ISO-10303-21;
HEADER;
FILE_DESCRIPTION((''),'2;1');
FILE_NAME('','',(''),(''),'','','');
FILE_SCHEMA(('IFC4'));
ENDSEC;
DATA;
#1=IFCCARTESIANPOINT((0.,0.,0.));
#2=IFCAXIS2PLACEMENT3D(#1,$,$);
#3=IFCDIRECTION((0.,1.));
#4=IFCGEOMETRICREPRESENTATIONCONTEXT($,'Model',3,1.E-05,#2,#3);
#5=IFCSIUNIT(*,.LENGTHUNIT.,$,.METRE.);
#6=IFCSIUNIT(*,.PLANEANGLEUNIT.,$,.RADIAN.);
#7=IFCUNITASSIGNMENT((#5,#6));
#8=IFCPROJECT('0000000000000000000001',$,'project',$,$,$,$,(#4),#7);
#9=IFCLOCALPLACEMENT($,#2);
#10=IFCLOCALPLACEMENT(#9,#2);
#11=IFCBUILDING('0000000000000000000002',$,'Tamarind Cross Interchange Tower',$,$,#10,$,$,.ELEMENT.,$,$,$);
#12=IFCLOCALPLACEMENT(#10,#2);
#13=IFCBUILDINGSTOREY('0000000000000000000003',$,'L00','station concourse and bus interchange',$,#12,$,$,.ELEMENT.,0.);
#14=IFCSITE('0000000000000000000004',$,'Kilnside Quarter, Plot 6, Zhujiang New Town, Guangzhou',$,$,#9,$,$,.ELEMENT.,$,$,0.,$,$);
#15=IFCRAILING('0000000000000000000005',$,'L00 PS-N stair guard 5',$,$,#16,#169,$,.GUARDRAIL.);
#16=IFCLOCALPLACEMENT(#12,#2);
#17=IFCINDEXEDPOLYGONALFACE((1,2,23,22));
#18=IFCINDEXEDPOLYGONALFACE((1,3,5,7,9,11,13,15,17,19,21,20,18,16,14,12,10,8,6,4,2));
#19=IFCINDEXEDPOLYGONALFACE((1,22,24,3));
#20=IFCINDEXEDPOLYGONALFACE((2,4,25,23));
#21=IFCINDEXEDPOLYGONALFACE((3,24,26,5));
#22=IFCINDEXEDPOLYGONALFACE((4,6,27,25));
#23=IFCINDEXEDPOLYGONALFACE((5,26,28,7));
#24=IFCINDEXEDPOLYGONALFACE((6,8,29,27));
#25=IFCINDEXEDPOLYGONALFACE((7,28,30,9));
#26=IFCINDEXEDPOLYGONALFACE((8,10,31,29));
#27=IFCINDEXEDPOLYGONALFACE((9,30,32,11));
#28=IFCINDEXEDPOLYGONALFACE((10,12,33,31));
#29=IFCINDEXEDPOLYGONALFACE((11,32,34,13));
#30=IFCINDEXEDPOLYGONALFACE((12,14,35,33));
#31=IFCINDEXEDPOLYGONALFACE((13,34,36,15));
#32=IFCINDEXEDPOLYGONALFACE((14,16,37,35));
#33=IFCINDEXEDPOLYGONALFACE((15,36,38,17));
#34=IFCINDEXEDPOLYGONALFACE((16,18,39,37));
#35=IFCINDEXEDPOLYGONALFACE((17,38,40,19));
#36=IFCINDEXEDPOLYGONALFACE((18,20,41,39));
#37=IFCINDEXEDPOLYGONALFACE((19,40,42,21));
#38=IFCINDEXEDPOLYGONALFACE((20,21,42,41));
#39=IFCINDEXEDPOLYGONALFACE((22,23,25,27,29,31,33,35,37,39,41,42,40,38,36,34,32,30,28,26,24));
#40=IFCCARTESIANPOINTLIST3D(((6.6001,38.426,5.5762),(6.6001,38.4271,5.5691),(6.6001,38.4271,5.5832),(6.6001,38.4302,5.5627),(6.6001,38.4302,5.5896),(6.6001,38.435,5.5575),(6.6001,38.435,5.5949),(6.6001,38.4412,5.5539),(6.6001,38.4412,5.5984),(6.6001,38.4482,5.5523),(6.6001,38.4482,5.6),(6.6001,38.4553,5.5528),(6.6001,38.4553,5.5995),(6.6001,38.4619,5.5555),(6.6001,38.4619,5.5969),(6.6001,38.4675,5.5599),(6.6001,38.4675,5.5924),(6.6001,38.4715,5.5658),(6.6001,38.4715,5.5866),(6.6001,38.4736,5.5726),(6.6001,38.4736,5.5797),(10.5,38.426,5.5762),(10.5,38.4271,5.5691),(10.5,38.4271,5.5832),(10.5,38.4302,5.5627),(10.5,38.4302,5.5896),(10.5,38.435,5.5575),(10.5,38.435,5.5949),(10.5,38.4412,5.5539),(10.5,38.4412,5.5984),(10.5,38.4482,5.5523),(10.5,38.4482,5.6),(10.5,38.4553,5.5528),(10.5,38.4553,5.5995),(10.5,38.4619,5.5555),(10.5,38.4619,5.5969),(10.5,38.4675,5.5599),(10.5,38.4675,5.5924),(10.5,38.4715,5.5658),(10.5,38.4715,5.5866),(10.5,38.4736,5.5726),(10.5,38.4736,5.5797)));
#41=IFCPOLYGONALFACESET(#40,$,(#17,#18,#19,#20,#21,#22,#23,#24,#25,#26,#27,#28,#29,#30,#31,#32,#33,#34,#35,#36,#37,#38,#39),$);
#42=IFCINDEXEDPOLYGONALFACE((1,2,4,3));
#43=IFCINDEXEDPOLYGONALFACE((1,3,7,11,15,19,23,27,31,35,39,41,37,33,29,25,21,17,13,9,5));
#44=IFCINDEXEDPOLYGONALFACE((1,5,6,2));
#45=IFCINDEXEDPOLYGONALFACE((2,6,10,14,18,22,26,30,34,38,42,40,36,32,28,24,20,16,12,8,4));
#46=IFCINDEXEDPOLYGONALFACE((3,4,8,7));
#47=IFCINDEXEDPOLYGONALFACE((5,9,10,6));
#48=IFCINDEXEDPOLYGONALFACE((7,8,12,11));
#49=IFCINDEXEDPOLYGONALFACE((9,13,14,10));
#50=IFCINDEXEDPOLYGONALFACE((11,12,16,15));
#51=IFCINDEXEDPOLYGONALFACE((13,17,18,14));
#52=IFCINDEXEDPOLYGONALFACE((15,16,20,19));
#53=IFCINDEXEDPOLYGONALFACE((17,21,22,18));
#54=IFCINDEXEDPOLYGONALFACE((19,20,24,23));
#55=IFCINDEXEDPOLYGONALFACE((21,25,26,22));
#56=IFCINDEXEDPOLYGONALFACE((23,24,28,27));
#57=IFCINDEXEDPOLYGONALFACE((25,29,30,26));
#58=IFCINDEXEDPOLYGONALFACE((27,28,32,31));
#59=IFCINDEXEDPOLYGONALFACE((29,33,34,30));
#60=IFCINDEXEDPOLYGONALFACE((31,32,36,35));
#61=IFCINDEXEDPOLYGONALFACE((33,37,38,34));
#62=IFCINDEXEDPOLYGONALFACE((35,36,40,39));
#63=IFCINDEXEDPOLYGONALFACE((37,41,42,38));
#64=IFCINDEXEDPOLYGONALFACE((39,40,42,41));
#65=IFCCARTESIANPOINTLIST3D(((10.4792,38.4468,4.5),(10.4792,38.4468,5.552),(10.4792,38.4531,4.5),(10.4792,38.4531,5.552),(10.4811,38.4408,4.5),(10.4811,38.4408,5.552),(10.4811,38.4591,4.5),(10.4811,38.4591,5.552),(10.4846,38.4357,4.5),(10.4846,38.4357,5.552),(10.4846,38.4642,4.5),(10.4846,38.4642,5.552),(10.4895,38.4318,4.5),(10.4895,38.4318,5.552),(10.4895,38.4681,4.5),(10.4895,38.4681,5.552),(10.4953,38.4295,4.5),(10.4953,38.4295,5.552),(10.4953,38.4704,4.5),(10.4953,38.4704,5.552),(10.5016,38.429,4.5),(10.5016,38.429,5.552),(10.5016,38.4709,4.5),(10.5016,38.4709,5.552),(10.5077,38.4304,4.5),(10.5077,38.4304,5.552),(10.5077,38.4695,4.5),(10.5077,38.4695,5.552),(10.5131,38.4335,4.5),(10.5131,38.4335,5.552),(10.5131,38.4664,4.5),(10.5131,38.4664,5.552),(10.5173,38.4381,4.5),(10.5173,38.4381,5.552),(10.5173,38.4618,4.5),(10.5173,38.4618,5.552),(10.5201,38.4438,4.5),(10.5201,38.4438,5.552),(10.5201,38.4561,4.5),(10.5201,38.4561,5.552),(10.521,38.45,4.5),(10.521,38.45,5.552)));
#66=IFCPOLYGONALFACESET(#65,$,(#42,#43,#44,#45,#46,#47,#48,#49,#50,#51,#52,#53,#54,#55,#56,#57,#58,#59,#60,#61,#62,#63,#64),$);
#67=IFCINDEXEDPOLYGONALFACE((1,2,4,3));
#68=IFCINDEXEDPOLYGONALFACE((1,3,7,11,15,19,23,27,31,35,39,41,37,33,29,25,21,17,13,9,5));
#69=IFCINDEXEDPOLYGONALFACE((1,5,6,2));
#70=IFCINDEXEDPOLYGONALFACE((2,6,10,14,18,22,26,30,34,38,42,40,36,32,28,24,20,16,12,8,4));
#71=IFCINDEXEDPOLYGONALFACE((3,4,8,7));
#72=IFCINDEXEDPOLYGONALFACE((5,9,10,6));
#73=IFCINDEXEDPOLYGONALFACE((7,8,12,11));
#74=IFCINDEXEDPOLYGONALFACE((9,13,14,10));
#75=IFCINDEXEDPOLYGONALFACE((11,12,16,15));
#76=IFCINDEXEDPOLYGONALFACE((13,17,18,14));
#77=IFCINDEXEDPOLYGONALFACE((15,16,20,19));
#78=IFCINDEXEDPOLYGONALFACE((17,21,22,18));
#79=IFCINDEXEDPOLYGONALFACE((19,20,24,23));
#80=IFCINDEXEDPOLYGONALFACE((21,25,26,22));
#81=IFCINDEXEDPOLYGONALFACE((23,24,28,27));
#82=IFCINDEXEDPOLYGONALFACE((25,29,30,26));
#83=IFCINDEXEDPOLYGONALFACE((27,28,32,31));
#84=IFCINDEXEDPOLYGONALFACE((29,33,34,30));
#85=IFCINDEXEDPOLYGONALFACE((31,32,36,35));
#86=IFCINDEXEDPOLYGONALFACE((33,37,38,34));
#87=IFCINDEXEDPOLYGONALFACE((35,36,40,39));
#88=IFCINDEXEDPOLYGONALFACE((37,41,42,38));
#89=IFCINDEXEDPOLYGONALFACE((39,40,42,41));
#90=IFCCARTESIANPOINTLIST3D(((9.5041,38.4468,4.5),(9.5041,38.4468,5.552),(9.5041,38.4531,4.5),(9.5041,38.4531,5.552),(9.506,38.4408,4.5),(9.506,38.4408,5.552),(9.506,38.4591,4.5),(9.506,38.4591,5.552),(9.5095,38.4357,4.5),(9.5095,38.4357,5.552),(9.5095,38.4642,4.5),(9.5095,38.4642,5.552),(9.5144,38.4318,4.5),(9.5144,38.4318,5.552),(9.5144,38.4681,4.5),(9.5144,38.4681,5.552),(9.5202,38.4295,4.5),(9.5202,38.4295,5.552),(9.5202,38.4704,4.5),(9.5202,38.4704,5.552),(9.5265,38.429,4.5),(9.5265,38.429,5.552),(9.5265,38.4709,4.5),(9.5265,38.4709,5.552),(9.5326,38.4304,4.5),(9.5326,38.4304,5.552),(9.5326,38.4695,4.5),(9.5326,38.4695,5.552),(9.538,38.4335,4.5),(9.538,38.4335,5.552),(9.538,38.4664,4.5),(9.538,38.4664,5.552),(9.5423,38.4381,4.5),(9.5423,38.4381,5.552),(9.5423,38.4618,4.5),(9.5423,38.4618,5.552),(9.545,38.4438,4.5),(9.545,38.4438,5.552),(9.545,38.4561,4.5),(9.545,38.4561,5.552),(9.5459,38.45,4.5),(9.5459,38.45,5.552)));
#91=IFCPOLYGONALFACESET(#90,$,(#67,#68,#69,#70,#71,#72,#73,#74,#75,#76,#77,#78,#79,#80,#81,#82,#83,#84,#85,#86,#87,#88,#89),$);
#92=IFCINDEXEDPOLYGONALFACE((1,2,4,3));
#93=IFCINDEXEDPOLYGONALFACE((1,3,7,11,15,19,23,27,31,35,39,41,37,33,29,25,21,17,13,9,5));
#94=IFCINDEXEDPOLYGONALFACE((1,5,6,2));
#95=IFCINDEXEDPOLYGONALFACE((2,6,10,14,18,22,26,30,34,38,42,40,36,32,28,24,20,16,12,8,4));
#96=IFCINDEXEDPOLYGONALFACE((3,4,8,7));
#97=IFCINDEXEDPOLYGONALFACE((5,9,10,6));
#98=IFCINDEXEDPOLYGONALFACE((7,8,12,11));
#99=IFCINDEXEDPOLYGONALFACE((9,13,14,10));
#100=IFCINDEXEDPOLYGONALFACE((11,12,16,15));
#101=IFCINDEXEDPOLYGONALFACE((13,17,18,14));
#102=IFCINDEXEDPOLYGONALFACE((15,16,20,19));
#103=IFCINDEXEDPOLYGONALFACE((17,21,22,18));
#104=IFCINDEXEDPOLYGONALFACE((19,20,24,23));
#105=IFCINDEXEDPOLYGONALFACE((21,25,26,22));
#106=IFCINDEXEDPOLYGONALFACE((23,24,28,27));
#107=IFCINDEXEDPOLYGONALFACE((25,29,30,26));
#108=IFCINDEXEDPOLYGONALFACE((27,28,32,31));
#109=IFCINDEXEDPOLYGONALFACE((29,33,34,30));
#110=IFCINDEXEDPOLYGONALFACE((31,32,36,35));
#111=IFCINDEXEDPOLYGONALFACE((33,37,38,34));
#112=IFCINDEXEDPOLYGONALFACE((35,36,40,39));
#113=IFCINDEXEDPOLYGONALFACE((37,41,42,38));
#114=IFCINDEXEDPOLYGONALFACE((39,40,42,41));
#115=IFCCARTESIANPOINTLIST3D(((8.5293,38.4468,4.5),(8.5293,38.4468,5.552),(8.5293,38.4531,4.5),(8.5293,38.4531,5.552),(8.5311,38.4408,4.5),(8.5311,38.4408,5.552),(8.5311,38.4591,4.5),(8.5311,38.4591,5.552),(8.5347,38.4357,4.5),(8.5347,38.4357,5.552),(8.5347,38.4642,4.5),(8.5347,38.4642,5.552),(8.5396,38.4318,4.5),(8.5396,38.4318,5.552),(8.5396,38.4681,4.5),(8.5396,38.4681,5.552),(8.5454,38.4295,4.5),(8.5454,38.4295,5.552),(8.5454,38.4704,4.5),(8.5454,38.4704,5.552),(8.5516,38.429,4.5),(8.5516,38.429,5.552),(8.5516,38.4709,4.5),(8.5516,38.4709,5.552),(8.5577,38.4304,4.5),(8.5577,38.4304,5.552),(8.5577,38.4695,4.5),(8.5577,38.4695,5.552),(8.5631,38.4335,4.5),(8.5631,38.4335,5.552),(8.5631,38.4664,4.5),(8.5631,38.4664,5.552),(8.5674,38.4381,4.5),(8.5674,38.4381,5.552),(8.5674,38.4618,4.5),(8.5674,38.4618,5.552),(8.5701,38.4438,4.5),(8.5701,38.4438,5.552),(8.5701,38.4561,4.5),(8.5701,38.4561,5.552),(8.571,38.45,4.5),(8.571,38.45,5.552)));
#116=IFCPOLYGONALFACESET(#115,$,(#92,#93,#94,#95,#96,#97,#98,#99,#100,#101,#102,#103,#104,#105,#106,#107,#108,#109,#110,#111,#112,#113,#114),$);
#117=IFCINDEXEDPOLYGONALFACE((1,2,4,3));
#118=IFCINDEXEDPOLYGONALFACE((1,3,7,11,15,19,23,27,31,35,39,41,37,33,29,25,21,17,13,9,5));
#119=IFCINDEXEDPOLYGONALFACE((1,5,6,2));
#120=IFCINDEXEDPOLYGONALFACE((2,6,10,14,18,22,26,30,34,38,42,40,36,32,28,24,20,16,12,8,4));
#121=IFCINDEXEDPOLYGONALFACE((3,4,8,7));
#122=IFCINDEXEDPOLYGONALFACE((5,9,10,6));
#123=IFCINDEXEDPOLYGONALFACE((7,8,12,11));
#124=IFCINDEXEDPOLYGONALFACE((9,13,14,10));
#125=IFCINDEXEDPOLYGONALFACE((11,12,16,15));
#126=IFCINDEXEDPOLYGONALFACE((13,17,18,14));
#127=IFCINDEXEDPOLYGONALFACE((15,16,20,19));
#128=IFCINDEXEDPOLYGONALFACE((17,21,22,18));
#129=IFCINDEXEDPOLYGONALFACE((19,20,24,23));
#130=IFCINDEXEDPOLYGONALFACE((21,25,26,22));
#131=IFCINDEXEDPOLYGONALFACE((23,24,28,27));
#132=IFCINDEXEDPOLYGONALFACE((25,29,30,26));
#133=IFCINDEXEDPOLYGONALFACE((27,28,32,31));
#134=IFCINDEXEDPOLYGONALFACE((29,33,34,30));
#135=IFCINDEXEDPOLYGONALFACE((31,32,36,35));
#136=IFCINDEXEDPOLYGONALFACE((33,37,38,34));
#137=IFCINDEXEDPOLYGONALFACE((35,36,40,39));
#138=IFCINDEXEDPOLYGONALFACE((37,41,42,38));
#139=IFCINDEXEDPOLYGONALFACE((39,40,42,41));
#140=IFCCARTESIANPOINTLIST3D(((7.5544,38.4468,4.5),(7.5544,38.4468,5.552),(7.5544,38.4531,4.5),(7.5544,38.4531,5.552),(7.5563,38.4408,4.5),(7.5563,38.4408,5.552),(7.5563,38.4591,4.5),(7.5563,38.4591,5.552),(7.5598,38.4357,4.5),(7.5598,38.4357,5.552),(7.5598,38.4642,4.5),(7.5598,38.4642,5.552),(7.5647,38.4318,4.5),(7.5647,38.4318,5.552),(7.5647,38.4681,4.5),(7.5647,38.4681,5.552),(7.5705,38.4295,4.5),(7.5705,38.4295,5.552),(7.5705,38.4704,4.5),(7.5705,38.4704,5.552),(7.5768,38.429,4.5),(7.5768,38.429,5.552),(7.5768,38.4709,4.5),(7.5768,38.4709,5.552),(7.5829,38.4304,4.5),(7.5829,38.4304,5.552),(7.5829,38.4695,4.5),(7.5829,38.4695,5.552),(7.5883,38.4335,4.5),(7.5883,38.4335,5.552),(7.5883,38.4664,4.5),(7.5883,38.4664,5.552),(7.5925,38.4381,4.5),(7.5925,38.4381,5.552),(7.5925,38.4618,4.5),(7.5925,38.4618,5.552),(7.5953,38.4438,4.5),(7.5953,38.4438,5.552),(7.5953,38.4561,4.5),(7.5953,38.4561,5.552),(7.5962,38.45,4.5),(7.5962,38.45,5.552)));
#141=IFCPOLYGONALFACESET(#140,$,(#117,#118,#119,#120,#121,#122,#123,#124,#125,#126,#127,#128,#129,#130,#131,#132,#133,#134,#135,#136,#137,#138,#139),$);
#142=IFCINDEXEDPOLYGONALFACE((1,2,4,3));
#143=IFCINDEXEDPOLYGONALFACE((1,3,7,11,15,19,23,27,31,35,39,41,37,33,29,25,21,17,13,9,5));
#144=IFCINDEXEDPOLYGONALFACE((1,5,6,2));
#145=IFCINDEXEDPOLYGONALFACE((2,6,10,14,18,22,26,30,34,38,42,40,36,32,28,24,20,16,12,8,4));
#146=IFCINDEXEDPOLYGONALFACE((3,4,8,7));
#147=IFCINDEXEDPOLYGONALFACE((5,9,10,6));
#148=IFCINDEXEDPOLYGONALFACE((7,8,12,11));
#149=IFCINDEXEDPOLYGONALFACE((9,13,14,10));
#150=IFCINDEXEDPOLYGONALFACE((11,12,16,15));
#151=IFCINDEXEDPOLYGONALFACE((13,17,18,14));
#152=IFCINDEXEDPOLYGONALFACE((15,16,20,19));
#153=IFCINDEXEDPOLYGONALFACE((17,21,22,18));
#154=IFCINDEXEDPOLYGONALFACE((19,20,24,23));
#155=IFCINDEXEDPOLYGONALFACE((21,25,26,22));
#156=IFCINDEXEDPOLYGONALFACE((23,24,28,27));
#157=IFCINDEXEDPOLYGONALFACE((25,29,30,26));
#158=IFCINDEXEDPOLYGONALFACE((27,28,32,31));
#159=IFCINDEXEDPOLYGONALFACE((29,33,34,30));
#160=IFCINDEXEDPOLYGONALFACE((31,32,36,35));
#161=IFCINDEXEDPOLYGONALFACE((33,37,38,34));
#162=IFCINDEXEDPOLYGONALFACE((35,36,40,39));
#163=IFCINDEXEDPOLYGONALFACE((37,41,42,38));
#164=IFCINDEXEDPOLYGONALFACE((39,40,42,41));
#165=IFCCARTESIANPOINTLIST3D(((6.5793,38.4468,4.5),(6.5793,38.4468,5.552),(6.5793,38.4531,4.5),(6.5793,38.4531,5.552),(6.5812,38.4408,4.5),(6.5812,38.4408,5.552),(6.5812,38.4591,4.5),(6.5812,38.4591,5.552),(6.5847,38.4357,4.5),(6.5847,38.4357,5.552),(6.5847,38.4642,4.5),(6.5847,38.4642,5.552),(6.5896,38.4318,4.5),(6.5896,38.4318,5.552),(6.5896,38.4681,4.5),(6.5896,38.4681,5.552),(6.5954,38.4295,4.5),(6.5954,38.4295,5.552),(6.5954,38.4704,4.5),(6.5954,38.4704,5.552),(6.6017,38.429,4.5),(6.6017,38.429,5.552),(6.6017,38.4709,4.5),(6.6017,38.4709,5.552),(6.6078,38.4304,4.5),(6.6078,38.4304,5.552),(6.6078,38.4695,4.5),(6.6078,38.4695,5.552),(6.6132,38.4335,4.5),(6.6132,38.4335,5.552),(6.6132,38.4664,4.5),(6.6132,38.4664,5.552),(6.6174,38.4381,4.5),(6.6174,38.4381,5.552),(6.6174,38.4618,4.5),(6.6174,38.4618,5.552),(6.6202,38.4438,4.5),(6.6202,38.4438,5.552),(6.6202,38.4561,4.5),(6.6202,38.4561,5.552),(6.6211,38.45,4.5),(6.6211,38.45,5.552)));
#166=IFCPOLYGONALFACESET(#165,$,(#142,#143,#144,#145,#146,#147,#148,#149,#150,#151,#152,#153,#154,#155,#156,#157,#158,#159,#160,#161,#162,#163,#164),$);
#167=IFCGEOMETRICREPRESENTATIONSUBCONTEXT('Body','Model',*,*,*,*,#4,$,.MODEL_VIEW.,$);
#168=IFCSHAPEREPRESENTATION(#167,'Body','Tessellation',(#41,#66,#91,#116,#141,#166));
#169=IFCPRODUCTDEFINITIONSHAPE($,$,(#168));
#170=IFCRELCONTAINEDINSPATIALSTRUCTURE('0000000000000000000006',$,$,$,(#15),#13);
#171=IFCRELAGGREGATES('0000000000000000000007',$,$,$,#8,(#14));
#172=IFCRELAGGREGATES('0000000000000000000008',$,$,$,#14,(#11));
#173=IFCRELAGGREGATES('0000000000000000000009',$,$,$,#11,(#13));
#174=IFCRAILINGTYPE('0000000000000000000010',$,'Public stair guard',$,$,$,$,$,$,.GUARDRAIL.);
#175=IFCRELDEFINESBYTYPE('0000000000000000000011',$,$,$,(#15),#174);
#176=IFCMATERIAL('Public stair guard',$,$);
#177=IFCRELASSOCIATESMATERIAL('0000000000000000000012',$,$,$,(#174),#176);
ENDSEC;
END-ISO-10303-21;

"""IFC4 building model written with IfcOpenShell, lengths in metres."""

from ifc_helpers import new_model, si_unit, direction, frame, origin, origin_2d, place, context, subcontext, project, spatial, circle, extrude, material, type_object, element, save


model = new_model("IFC4")

# Units and contexts
model_context = context("Model", 3, precision=1e-05, world=origin(), true_north=direction((0.0, 1.0)))
body_context = subcontext(model_context, "Body", "Model", "MODEL_VIEW")
ifc_project = project(units=[si_unit("LENGTHUNIT", "METRE"), si_unit("PLANEANGLEUNIT", "RADIAN")], contexts=[model_context])

# Site, building, storey
site_placement = place(None, origin())
site = spatial("IfcSite", under=ifc_project, at=site_placement, Name="Kilnside Quarter, Plot 6, Zhujiang New Town, Guangzhou", CompositionType="ELEMENT", RefElevation=0.0)
building_placement = place(site_placement, origin())
building = spatial("IfcBuilding", under=site, at=building_placement, Name="Tamarind Cross Interchange Tower", CompositionType="ELEMENT")
storey_placement = place(building_placement, origin())
storey = spatial("IfcBuildingStorey", under=building, at=storey_placement, Name="L00", Description="station concourse and bus interchange", CompositionType="ELEMENT", Elevation=0.0)

# Railing
ifc_material_1 = material(Name="Public stair guard")
railing_type_1 = type_object("IfcRailingType", Name="Public stair guard", PredefinedType="GUARDRAIL", material=ifc_material_1)
railing_1_placement = place(storey_placement, frame((10.5, 38.45, 4.5)))
element("IfcRailing", 1, at=railing_1_placement, inside=storey, type_object=railing_type_1, Name="L00 PS-N stair guard 5", PredefinedType="GUARDRAIL", context=body_context, shape_type="SweptSolid", body=[
    extrude(circle(Radius=0.0239, at=origin_2d()), frame((0.0, 0.0, 1.0762), z_axis=(-1.0, 0.0, 0.0), x_axis=(0.0, -1.0, 0.0)), (0.0, 0.0, 1.0), 3.8999),
    extrude(circle(Radius=0.021, at=origin_2d()), origin(), (0.0, 0.0, 1.0), 1.052),
    extrude(circle(Radius=0.021, at=origin_2d()), frame((-0.9751, 0.0, 0.0)), (0.0, 0.0, 1.0), 1.052),
    extrude(circle(Radius=0.021, at=origin_2d()), frame((-1.95, 0.0, 0.0)), (0.0, 0.0, 1.0), 1.052),
    extrude(circle(Radius=0.021, at=origin_2d()), frame((-2.9248, 0.0, 0.0)), (0.0, 0.0, 1.0), 1.052),
    extrude(circle(Radius=0.021, at=origin_2d()), frame((-3.8999, 0.0, 0.0)), (0.0, 0.0, 1.0), 1.052),
])

save(model, "model.ifc")
